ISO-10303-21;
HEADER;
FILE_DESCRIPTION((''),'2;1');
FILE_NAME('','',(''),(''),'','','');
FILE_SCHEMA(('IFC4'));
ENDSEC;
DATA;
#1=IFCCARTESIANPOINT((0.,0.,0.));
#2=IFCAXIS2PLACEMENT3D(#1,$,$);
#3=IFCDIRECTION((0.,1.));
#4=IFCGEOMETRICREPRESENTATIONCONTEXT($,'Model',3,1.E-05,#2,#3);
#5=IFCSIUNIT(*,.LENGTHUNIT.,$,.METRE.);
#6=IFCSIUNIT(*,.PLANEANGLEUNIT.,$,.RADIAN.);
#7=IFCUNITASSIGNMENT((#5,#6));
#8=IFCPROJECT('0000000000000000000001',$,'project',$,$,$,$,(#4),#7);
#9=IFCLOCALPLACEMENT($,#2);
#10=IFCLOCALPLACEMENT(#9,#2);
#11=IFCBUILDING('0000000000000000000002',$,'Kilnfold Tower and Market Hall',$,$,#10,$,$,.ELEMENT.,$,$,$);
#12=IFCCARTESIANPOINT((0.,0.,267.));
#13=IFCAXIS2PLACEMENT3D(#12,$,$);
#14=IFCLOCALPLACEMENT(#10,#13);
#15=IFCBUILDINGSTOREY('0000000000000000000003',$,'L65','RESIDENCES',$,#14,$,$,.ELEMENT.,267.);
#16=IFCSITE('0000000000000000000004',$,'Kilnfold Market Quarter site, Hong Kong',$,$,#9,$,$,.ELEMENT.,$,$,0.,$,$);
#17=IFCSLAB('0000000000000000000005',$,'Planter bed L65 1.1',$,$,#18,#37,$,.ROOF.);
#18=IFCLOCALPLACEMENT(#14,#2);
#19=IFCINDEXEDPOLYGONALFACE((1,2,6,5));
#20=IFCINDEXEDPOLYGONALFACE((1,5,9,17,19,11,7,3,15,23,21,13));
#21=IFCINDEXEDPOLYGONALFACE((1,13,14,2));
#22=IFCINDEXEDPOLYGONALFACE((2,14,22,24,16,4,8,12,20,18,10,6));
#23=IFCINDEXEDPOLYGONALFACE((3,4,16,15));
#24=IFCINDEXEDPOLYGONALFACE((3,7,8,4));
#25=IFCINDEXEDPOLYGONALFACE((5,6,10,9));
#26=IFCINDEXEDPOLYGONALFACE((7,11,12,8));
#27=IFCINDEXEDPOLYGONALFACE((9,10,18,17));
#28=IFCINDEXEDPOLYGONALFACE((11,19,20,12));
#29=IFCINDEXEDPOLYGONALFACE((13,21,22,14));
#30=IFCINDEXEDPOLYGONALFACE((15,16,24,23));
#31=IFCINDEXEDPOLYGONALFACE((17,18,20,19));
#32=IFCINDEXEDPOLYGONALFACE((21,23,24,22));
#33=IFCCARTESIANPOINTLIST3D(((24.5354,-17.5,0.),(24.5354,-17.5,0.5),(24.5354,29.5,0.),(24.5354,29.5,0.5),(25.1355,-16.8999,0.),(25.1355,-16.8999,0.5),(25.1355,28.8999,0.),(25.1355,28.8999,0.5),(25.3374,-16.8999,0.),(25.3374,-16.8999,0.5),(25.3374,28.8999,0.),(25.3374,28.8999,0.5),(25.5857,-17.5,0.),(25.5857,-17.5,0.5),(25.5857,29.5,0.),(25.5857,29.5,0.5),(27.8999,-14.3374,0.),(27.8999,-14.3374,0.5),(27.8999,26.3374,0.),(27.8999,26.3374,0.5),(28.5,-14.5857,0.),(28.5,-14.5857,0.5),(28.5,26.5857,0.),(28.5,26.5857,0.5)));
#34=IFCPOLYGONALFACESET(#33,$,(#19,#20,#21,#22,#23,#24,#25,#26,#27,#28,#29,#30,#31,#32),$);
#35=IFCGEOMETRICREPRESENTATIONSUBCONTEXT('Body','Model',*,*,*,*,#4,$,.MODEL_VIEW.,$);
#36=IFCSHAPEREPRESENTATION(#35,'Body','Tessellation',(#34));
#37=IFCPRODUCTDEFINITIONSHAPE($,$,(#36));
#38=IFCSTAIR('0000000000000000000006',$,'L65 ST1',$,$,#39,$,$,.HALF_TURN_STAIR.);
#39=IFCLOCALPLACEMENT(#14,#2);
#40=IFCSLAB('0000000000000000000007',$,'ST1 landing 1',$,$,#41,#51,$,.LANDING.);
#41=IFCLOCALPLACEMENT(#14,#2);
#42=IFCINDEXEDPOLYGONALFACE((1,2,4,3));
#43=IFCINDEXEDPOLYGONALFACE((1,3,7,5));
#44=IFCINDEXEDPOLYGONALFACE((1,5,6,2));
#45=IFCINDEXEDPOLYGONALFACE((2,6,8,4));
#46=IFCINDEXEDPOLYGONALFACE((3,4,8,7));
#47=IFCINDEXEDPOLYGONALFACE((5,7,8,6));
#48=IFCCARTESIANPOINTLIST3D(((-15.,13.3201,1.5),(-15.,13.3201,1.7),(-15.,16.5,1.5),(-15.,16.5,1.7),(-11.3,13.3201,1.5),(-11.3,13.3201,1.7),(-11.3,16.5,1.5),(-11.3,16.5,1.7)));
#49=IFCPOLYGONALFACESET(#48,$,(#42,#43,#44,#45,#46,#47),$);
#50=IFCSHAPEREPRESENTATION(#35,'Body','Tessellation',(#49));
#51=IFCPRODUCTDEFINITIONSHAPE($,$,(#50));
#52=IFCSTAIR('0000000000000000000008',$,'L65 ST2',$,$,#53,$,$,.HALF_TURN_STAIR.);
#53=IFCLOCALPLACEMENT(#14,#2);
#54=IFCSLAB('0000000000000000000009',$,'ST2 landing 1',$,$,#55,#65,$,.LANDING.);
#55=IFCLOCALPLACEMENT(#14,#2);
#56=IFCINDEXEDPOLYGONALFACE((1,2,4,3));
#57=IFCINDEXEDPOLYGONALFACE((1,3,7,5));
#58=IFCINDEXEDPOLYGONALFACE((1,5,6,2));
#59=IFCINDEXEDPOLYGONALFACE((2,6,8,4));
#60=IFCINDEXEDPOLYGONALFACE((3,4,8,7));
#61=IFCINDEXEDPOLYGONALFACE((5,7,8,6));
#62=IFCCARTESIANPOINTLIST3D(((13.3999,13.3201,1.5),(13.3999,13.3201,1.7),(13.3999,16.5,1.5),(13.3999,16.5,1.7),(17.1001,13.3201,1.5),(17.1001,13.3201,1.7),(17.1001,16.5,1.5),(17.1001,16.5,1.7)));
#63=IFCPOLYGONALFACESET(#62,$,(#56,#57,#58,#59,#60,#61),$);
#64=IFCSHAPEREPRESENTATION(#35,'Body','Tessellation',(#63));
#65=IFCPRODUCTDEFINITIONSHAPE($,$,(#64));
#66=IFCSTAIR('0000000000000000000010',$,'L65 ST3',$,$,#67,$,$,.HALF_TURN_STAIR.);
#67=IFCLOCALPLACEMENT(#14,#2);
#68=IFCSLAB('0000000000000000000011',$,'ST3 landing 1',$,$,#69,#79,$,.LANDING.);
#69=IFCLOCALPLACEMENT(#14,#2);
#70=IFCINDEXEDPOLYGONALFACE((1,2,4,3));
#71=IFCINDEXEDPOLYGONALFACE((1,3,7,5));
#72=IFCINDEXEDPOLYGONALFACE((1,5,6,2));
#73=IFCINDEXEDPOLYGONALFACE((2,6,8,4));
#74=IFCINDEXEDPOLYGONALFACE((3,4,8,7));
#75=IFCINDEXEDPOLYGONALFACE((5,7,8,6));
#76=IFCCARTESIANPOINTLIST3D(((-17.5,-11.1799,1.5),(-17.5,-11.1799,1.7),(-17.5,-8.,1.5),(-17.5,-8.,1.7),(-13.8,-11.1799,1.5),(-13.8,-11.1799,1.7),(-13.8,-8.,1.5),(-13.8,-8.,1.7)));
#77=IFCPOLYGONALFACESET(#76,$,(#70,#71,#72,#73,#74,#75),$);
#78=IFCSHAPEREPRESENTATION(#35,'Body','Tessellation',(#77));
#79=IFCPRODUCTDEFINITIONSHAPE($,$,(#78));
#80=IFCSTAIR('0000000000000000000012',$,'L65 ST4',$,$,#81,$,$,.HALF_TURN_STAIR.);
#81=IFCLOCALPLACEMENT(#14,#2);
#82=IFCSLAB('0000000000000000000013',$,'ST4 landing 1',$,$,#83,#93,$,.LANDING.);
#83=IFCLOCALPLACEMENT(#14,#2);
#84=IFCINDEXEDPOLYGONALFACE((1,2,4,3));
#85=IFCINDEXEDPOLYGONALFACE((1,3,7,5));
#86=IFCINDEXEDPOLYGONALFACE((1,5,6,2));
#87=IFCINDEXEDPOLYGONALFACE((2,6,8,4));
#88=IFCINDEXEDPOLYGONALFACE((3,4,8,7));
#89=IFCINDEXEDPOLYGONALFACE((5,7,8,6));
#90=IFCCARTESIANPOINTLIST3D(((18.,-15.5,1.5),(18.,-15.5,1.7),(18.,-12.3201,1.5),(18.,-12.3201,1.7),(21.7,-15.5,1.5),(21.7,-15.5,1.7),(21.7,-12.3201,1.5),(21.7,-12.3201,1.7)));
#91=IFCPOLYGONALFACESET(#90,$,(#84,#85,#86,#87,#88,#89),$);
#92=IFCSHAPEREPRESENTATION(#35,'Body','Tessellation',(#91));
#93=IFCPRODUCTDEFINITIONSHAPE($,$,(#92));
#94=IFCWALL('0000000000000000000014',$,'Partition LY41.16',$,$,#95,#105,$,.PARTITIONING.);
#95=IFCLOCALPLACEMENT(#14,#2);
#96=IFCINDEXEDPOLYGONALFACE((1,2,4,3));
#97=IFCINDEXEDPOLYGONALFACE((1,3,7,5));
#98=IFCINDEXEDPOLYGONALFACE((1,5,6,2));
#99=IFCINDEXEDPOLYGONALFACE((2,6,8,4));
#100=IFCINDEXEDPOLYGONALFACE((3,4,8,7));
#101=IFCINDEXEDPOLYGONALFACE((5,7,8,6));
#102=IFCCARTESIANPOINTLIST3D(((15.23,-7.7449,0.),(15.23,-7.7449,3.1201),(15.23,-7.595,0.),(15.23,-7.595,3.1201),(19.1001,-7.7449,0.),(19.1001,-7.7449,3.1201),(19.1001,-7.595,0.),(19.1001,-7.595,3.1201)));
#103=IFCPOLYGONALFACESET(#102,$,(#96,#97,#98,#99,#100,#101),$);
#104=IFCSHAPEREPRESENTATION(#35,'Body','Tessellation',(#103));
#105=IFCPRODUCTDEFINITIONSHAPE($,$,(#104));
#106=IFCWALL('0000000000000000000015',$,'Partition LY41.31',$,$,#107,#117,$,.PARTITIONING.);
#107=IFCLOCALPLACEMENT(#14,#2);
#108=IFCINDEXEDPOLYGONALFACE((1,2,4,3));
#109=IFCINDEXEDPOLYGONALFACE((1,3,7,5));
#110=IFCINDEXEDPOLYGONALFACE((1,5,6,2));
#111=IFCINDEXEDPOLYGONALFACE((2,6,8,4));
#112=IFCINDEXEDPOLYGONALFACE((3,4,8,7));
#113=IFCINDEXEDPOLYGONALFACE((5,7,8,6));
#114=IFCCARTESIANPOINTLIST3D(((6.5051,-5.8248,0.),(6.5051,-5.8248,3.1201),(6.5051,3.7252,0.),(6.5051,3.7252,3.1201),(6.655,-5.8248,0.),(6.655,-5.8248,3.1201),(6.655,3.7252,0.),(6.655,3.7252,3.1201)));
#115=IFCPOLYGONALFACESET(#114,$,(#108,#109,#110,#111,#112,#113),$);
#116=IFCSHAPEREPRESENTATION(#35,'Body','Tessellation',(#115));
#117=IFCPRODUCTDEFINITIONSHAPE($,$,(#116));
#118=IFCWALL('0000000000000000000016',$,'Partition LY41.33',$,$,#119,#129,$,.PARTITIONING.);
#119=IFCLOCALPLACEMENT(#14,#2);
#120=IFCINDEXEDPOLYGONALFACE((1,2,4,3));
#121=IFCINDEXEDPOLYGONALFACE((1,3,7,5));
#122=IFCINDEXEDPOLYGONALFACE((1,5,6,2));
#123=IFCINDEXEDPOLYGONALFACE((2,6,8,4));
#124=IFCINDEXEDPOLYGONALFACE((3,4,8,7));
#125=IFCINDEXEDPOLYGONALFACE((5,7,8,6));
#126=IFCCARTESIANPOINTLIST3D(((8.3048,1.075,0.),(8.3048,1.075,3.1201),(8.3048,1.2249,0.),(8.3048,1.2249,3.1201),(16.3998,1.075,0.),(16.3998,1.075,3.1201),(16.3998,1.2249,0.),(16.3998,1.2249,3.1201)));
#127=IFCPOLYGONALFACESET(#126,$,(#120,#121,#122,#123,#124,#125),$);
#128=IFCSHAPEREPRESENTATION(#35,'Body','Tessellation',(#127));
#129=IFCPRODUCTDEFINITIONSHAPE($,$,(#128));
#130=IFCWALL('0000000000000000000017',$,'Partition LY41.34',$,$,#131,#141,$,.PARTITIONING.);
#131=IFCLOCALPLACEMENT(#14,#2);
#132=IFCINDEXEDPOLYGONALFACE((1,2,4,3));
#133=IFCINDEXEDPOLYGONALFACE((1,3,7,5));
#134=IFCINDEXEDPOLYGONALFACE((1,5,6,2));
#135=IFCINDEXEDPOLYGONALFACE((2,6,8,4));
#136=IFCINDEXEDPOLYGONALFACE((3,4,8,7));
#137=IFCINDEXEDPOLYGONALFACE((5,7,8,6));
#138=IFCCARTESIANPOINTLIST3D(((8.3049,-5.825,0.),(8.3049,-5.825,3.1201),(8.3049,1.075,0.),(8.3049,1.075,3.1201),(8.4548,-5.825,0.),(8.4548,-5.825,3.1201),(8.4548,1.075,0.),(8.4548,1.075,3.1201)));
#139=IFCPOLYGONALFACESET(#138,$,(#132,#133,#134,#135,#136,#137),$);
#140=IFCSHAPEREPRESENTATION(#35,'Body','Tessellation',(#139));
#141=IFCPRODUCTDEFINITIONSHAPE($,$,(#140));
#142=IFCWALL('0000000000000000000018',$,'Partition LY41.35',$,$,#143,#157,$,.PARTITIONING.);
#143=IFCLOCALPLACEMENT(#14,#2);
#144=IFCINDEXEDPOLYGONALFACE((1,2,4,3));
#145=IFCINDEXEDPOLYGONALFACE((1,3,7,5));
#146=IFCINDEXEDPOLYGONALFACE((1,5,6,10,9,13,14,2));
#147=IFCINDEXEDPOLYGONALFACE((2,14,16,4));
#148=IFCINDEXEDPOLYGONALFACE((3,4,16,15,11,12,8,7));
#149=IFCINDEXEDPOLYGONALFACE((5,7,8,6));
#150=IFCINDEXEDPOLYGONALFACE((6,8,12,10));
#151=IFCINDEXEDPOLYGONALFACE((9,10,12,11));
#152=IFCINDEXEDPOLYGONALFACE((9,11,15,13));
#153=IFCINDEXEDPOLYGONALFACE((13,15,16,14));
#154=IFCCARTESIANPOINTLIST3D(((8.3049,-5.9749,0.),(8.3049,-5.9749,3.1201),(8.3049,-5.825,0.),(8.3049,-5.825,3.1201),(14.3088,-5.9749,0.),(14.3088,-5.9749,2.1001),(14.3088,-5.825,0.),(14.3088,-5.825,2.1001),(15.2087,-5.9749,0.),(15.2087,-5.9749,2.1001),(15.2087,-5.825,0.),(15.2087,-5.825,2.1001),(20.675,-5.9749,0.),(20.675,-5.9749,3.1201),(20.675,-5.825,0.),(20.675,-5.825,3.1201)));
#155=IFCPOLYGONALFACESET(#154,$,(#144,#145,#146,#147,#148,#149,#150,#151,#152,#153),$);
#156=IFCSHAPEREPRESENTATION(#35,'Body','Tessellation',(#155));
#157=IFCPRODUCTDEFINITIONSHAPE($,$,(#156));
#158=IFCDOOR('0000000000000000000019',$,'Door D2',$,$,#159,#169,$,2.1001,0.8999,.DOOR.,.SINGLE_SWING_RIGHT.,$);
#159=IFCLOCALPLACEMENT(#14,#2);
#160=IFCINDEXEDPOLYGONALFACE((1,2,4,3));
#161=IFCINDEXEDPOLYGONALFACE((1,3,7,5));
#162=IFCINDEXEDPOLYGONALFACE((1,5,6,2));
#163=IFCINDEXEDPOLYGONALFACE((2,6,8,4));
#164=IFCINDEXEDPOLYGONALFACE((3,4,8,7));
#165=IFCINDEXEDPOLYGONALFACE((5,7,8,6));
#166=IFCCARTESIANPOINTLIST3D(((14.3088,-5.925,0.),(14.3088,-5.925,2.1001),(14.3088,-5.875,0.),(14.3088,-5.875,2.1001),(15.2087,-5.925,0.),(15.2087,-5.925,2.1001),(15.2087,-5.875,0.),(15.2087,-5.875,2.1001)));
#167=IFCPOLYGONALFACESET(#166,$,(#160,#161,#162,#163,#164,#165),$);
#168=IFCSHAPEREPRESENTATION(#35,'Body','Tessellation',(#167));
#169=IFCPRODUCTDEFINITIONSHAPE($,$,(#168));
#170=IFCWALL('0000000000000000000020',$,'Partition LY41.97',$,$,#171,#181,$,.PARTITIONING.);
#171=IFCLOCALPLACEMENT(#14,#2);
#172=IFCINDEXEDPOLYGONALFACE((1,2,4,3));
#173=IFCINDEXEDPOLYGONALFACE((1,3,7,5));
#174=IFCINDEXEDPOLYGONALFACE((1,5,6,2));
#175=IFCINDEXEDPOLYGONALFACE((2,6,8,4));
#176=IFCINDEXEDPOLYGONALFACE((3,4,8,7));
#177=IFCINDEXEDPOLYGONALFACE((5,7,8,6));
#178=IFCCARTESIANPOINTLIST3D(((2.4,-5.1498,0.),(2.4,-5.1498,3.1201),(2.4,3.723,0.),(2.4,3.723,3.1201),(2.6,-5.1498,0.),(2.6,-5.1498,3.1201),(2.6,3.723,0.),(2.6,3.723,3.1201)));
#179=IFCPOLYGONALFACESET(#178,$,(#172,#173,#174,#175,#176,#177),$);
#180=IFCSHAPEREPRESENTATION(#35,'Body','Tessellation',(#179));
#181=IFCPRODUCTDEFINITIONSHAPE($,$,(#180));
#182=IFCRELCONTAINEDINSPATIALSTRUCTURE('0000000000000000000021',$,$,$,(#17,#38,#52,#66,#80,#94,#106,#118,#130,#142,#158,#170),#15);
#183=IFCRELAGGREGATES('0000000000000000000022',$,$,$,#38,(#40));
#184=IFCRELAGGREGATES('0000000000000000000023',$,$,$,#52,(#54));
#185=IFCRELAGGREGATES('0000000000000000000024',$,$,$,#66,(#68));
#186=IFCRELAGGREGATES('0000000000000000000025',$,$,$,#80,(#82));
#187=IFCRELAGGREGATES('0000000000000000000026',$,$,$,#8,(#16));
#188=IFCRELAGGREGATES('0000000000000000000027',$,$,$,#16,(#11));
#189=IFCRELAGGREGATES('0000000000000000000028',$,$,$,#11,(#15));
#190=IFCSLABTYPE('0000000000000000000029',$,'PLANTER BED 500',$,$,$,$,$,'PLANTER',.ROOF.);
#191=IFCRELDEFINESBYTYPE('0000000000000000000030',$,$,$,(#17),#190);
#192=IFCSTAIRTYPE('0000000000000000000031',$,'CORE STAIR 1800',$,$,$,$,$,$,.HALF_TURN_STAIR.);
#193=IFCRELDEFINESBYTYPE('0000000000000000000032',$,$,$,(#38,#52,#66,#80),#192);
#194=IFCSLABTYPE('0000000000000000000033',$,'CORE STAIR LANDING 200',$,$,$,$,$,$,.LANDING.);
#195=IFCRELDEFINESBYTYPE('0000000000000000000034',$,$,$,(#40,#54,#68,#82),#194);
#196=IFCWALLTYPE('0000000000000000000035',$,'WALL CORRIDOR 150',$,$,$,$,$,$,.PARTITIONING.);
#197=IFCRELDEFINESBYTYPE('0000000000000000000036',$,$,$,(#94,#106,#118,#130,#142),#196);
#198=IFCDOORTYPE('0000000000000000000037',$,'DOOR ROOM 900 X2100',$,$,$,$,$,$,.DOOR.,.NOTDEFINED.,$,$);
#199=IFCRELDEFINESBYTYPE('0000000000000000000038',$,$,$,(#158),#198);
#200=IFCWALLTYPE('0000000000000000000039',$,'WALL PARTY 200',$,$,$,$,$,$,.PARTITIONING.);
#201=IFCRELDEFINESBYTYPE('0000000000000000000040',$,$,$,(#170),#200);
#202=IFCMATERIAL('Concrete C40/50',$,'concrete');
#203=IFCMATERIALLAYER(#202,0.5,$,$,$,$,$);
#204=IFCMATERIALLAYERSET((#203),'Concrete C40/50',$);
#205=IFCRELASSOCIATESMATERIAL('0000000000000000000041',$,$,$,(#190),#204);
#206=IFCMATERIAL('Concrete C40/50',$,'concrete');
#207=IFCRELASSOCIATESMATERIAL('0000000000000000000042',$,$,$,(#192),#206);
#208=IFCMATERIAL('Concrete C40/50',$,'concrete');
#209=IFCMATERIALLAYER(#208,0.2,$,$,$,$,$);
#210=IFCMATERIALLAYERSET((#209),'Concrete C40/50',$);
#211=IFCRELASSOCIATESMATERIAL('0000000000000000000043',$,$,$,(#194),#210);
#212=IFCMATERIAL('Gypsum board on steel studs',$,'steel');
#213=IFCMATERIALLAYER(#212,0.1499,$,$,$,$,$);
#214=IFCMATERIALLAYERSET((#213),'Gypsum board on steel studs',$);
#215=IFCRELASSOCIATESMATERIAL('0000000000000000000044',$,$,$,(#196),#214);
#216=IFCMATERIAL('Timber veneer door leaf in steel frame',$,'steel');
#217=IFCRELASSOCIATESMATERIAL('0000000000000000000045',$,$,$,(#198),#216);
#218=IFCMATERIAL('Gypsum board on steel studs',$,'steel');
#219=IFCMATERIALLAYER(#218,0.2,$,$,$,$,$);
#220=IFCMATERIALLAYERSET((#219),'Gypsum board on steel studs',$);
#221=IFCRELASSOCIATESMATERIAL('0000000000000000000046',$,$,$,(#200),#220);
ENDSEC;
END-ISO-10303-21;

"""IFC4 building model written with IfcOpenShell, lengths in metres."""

from ifc_helpers import new_model, si_unit, direction, frame, frame_2d, origin, place, context, subcontext, project, spatial, polyline, rectangle, outline, extrude, source, transform, mapped, material, layer, layer_set, type_object, element, fill, aggregate, save


model = new_model("IFC4")

# Units and contexts
model_context = context("Model", 3, precision=1e-05, world=origin(), true_north=direction((0.0, 1.0)))
body_context = subcontext(model_context, "Body", "Model", "MODEL_VIEW")
ifc_project = project(units=[si_unit("LENGTHUNIT", "METRE"), si_unit("PLANEANGLEUNIT", "RADIAN")], contexts=[model_context])

# Site, building, storey
site_placement = place(None, origin())
site = spatial("IfcSite", under=ifc_project, at=site_placement, Name="Kilnfold Market Quarter site, Hong Kong", CompositionType="ELEMENT", RefElevation=0.0)
building_placement = place(site_placement, origin())
building = spatial("IfcBuilding", under=site, at=building_placement, Name="Kilnfold Tower and Market Hall", CompositionType="ELEMENT")
storey_placement = place(building_placement, frame((0.0, 0.0, 267.0)))
storey = spatial("IfcBuildingStorey", under=building, at=storey_placement, Name="L65", Description="RESIDENCES", CompositionType="ELEMENT", Elevation=267.0)

# Slab
ifc_material_1 = material(Name="Concrete C40/50", Category="concrete")
ifc_layer_1 = layer(ifc_material_1, 0.5)
ifc_layer_set_1 = layer_set([ifc_layer_1], Name="Concrete C40/50")
slab_type_1 = type_object("IfcSlabType", Name="PLANTER BED 500", ElementType="PLANTER", PredefinedType="ROOF", material=ifc_layer_set_1)
shared_shape_1 = source(origin(), body_context, "Body", "SweptSolid", [
    extrude(outline(polyline([(28.5, -14.5857), (25.5857, -17.5), (24.5354, -17.5), (25.1355, -16.8999), (25.3374, -16.8999), (27.8999, -14.3374), (27.8999, 26.3374), (25.3374, 28.8999), (25.1355, 28.8999), (24.5354, 29.5), (25.5857, 29.5), (28.5, 26.5857), (28.5, -14.5857)])), origin(), (0.0, 0.0, 1.0), 0.5),
])
slab_1_placement = place(storey_placement, origin())
element("IfcSlab", 1, at=slab_1_placement, inside=storey, type_object=slab_type_1, Name="Planter bed L65 1.1", PredefinedType="ROOF", context=body_context, shape_type="MappedRepresentation", body=[
    mapped(shared_shape_1, transform((0.0, 0.0, 0.0))),
])

# Stairs, slabs
ifc_material_2 = material(Name="Concrete C40/50", Category="concrete")
stair_type = type_object("IfcStairType", Name="CORE STAIR 1800", PredefinedType="HALF_TURN_STAIR", material=ifc_material_2)
stair_1_placement = place(storey_placement, origin())
stair_1 = element("IfcStair", 2, at=stair_1_placement, inside=storey, type_object=stair_type, Name="L65 ST1", PredefinedType="HALF_TURN_STAIR")
ifc_material_3 = material(Name="Concrete C40/50", Category="concrete")
ifc_layer_2 = layer(ifc_material_3, 0.2)
ifc_layer_set_2 = layer_set([ifc_layer_2], Name="Concrete C40/50")
slab_type_2 = type_object("IfcSlabType", Name="CORE STAIR LANDING 200", PredefinedType="LANDING", material=ifc_layer_set_2)
shared_shape_2 = source(origin(), body_context, "Body", "SweptSolid", [
    extrude(outline(polyline([(-11.3, 13.3201), (-11.3, 16.5), (-15.0, 16.5), (-15.0, 13.3201), (-11.3, 13.3201)])), origin(), (0.0, 0.0, 1.0), 0.2),
])
slab_2_placement = place(storey_placement, frame((0.0, 0.0, 1.5)))
slab_2 = element("IfcSlab", 3, at=slab_2_placement, type_object=slab_type_2, Name="ST1 landing 1", PredefinedType="LANDING", context=body_context, shape_type="MappedRepresentation", body=[
    mapped(shared_shape_2, transform((0.0, 0.0, 0.0))),
])
aggregate(stair_1, [slab_2])
stair_2_placement = place(storey_placement, origin())
stair_2 = element("IfcStair", 4, at=stair_2_placement, inside=storey, type_object=stair_type, Name="L65 ST2", PredefinedType="HALF_TURN_STAIR")
shared_shape_3 = source(origin(), body_context, "Body", "SweptSolid", [
    extrude(outline(polyline([(17.1001, 13.3201), (17.1001, 16.5), (13.3999, 16.5), (13.3999, 13.3201), (17.1001, 13.3201)])), origin(), (0.0, 0.0, 1.0), 0.2),
])
slab_3_placement = place(storey_placement, frame((0.0, 0.0, 1.5)))
slab_3 = element("IfcSlab", 5, at=slab_3_placement, type_object=slab_type_2, Name="ST2 landing 1", PredefinedType="LANDING", context=body_context, shape_type="MappedRepresentation", body=[
    mapped(shared_shape_3, transform((0.0, 0.0, 0.0))),
])
aggregate(stair_2, [slab_3])
stair_3_placement = place(storey_placement, origin())
stair_3 = element("IfcStair", 6, at=stair_3_placement, inside=storey, type_object=stair_type, Name="L65 ST3", PredefinedType="HALF_TURN_STAIR")
shared_shape_4 = source(origin(), body_context, "Body", "SweptSolid", [
    extrude(outline(polyline([(-13.8, -11.1799), (-13.8, -8.0), (-17.5, -8.0), (-17.5, -11.1799), (-13.8, -11.1799)])), origin(), (0.0, 0.0, 1.0), 0.2),
])
slab_4_placement = place(storey_placement, frame((0.0, 0.0, 1.5)))
slab_4 = element("IfcSlab", 7, at=slab_4_placement, type_object=slab_type_2, Name="ST3 landing 1", PredefinedType="LANDING", context=body_context, shape_type="MappedRepresentation", body=[
    mapped(shared_shape_4, transform((0.0, 0.0, 0.0))),
])
aggregate(stair_3, [slab_4])
stair_4_placement = place(storey_placement, origin())
stair_4 = element("IfcStair", 8, at=stair_4_placement, inside=storey, type_object=stair_type, Name="L65 ST4", PredefinedType="HALF_TURN_STAIR")
shared_shape_5 = source(origin(), body_context, "Body", "SweptSolid", [
    extrude(outline(polyline([(18.0, -12.3201), (18.0, -15.5), (21.7, -15.5), (21.7, -12.3201), (18.0, -12.3201)])), origin(), (0.0, 0.0, 1.0), 0.2),
])
slab_5_placement = place(storey_placement, frame((0.0, 0.0, 1.5)))
slab_5 = element("IfcSlab", 9, at=slab_5_placement, type_object=slab_type_2, Name="ST4 landing 1", PredefinedType="LANDING", context=body_context, shape_type="MappedRepresentation", body=[
    mapped(shared_shape_5, transform((0.0, 0.0, 0.0))),
])
aggregate(stair_4, [slab_5])

# Walls
ifc_material_4 = material(Name="Gypsum board on steel studs", Category="steel")
ifc_layer_3 = layer(ifc_material_4, 0.1499)
ifc_layer_set_3 = layer_set([ifc_layer_3], Name="Gypsum board on steel studs")
wall_type_1 = type_object("IfcWallType", Name="WALL CORRIDOR 150", PredefinedType="PARTITIONING", material=ifc_layer_set_3)
wall_1_placement = place(storey_placement, frame((15.23, -7.6699, 0.0), z_axis=(0.0, 0.0, 1.0), x_axis=(1.0, 0.0, 0.0)))
element("IfcWall", 10, at=wall_1_placement, inside=storey, type_object=wall_type_1, Name="Partition LY41.16", PredefinedType="PARTITIONING", context=body_context, shape_type="SweptSolid", body=[
    extrude(rectangle(XDim=3.8701, YDim=0.1499, at=frame_2d((1.9351, 0.0))), origin(), (0.0, 0.0, 1.0), 3.1201),
])
wall_2_placement = place(storey_placement, frame((6.5801, 3.7251, 0.0), z_axis=(0.0, 0.0, 1.0), x_axis=(0.0, -1.0, 0.0)))
element("IfcWall", 11, at=wall_2_placement, inside=storey, type_object=wall_type_1, Name="Partition LY41.31", PredefinedType="PARTITIONING", context=body_context, shape_type="SweptSolid", body=[
    extrude(rectangle(XDim=9.55, YDim=0.1499, at=frame_2d((4.7749, 0.0))), origin(), (0.0, 0.0, 1.0), 3.1201),
])
wall_3_placement = place(storey_placement, frame((8.3049, 1.1499, 0.0), z_axis=(0.0, 0.0, 1.0), x_axis=(1.0, 0.0, 0.0)))
element("IfcWall", 12, at=wall_3_placement, inside=storey, type_object=wall_type_1, Name="Partition LY41.33", PredefinedType="PARTITIONING", context=body_context, shape_type="SweptSolid", body=[
    extrude(rectangle(XDim=8.095, YDim=0.1499, at=frame_2d((4.0474, 0.0))), origin(), (0.0, 0.0, 1.0), 3.1201),
])
wall_4_placement = place(storey_placement, frame((8.3799, -5.825, 0.0), z_axis=(0.0, 0.0, 1.0), x_axis=(0.0, 1.0, 0.0)))
element("IfcWall", 13, at=wall_4_placement, inside=storey, type_object=wall_type_1, Name="Partition LY41.34", PredefinedType="PARTITIONING", context=body_context, shape_type="SweptSolid", body=[
    extrude(rectangle(XDim=6.8999, YDim=0.1499, at=frame_2d((3.45, 0.0))), origin(), (0.0, 0.0, 1.0), 3.1201),
])

# Wall, opening, door
wall_5_placement = place(storey_placement, frame((8.3049, -5.8999, 0.0), z_axis=(0.0, 0.0, 1.0), x_axis=(1.0, 0.0, 0.0)))
wall_5 = element("IfcWall", 14, at=wall_5_placement, inside=storey, type_object=wall_type_1, Name="Partition LY41.35", PredefinedType="PARTITIONING", context=body_context, shape_type="SweptSolid", body=[
    extrude(rectangle(XDim=12.3701, YDim=0.1499, at=frame_2d((6.1851, 0.0))), origin(), (0.0, 0.0, 1.0), 3.1201),
])
opening_placement = place(wall_5_placement, frame((6.0039, 0.0, 0.0)))
opening = element("IfcOpeningElement", 15, at=opening_placement, cuts=wall_5, PredefinedType="OPENING", context=body_context, shape_type="SweptSolid", body=[
    extrude(rectangle(XDim=0.8999, YDim=2.1001, at=frame_2d((0.45, 1.05))), frame((0.0, 0.085, 0.0), z_axis=(0.0, -1.0, 0.0), x_axis=(1.0, 0.0, 0.0)), (0.0, 0.0, 1.0), 0.1699),
])
ifc_material_5 = material(Name="Timber veneer door leaf in steel frame", Category="steel")
door_type = type_object("IfcDoorType", Name="DOOR ROOM 900 X2100", OperationType="NOTDEFINED", PredefinedType="DOOR", material=ifc_material_5)
door_placement = place(opening_placement, origin())
door = element("IfcDoor", 16, at=door_placement, inside=storey, type_object=door_type, Name="Door D2", OperationType="SINGLE_SWING_RIGHT", OverallHeight=2.1001, OverallWidth=0.8999, PredefinedType="DOOR", context=body_context, shape_type="SweptSolid", body=[
    extrude(rectangle(XDim=0.8999, YDim=2.1001, at=frame_2d((0.45, 1.05))), frame((0.0, 0.0249, 0.0), z_axis=(0.0, -1.0, 0.0), x_axis=(1.0, 0.0, 0.0)), (0.0, 0.0, 1.0), 0.05),
])
fill(opening, door)

# Wall
ifc_material_6 = material(Name="Gypsum board on steel studs", Category="steel")
ifc_layer_4 = layer(ifc_material_6, 0.2)
ifc_layer_set_4 = layer_set([ifc_layer_4], Name="Gypsum board on steel studs")
wall_type_2 = type_object("IfcWallType", Name="WALL PARTY 200", PredefinedType="PARTITIONING", material=ifc_layer_set_4)
wall_6_placement = place(storey_placement, frame((2.5, -5.1499, 0.0), z_axis=(0.0, 0.0, 1.0), x_axis=(0.0, 1.0, 0.0)))
element("IfcWall", 17, at=wall_6_placement, inside=storey, type_object=wall_type_2, Name="Partition LY41.97", PredefinedType="PARTITIONING", context=body_context, shape_type="SweptSolid", body=[
    extrude(rectangle(XDim=8.8728, YDim=0.2, at=frame_2d((4.4365, 0.0))), origin(), (0.0, 0.0, 1.0), 3.1201),
])

save(model, "model.ifc")
